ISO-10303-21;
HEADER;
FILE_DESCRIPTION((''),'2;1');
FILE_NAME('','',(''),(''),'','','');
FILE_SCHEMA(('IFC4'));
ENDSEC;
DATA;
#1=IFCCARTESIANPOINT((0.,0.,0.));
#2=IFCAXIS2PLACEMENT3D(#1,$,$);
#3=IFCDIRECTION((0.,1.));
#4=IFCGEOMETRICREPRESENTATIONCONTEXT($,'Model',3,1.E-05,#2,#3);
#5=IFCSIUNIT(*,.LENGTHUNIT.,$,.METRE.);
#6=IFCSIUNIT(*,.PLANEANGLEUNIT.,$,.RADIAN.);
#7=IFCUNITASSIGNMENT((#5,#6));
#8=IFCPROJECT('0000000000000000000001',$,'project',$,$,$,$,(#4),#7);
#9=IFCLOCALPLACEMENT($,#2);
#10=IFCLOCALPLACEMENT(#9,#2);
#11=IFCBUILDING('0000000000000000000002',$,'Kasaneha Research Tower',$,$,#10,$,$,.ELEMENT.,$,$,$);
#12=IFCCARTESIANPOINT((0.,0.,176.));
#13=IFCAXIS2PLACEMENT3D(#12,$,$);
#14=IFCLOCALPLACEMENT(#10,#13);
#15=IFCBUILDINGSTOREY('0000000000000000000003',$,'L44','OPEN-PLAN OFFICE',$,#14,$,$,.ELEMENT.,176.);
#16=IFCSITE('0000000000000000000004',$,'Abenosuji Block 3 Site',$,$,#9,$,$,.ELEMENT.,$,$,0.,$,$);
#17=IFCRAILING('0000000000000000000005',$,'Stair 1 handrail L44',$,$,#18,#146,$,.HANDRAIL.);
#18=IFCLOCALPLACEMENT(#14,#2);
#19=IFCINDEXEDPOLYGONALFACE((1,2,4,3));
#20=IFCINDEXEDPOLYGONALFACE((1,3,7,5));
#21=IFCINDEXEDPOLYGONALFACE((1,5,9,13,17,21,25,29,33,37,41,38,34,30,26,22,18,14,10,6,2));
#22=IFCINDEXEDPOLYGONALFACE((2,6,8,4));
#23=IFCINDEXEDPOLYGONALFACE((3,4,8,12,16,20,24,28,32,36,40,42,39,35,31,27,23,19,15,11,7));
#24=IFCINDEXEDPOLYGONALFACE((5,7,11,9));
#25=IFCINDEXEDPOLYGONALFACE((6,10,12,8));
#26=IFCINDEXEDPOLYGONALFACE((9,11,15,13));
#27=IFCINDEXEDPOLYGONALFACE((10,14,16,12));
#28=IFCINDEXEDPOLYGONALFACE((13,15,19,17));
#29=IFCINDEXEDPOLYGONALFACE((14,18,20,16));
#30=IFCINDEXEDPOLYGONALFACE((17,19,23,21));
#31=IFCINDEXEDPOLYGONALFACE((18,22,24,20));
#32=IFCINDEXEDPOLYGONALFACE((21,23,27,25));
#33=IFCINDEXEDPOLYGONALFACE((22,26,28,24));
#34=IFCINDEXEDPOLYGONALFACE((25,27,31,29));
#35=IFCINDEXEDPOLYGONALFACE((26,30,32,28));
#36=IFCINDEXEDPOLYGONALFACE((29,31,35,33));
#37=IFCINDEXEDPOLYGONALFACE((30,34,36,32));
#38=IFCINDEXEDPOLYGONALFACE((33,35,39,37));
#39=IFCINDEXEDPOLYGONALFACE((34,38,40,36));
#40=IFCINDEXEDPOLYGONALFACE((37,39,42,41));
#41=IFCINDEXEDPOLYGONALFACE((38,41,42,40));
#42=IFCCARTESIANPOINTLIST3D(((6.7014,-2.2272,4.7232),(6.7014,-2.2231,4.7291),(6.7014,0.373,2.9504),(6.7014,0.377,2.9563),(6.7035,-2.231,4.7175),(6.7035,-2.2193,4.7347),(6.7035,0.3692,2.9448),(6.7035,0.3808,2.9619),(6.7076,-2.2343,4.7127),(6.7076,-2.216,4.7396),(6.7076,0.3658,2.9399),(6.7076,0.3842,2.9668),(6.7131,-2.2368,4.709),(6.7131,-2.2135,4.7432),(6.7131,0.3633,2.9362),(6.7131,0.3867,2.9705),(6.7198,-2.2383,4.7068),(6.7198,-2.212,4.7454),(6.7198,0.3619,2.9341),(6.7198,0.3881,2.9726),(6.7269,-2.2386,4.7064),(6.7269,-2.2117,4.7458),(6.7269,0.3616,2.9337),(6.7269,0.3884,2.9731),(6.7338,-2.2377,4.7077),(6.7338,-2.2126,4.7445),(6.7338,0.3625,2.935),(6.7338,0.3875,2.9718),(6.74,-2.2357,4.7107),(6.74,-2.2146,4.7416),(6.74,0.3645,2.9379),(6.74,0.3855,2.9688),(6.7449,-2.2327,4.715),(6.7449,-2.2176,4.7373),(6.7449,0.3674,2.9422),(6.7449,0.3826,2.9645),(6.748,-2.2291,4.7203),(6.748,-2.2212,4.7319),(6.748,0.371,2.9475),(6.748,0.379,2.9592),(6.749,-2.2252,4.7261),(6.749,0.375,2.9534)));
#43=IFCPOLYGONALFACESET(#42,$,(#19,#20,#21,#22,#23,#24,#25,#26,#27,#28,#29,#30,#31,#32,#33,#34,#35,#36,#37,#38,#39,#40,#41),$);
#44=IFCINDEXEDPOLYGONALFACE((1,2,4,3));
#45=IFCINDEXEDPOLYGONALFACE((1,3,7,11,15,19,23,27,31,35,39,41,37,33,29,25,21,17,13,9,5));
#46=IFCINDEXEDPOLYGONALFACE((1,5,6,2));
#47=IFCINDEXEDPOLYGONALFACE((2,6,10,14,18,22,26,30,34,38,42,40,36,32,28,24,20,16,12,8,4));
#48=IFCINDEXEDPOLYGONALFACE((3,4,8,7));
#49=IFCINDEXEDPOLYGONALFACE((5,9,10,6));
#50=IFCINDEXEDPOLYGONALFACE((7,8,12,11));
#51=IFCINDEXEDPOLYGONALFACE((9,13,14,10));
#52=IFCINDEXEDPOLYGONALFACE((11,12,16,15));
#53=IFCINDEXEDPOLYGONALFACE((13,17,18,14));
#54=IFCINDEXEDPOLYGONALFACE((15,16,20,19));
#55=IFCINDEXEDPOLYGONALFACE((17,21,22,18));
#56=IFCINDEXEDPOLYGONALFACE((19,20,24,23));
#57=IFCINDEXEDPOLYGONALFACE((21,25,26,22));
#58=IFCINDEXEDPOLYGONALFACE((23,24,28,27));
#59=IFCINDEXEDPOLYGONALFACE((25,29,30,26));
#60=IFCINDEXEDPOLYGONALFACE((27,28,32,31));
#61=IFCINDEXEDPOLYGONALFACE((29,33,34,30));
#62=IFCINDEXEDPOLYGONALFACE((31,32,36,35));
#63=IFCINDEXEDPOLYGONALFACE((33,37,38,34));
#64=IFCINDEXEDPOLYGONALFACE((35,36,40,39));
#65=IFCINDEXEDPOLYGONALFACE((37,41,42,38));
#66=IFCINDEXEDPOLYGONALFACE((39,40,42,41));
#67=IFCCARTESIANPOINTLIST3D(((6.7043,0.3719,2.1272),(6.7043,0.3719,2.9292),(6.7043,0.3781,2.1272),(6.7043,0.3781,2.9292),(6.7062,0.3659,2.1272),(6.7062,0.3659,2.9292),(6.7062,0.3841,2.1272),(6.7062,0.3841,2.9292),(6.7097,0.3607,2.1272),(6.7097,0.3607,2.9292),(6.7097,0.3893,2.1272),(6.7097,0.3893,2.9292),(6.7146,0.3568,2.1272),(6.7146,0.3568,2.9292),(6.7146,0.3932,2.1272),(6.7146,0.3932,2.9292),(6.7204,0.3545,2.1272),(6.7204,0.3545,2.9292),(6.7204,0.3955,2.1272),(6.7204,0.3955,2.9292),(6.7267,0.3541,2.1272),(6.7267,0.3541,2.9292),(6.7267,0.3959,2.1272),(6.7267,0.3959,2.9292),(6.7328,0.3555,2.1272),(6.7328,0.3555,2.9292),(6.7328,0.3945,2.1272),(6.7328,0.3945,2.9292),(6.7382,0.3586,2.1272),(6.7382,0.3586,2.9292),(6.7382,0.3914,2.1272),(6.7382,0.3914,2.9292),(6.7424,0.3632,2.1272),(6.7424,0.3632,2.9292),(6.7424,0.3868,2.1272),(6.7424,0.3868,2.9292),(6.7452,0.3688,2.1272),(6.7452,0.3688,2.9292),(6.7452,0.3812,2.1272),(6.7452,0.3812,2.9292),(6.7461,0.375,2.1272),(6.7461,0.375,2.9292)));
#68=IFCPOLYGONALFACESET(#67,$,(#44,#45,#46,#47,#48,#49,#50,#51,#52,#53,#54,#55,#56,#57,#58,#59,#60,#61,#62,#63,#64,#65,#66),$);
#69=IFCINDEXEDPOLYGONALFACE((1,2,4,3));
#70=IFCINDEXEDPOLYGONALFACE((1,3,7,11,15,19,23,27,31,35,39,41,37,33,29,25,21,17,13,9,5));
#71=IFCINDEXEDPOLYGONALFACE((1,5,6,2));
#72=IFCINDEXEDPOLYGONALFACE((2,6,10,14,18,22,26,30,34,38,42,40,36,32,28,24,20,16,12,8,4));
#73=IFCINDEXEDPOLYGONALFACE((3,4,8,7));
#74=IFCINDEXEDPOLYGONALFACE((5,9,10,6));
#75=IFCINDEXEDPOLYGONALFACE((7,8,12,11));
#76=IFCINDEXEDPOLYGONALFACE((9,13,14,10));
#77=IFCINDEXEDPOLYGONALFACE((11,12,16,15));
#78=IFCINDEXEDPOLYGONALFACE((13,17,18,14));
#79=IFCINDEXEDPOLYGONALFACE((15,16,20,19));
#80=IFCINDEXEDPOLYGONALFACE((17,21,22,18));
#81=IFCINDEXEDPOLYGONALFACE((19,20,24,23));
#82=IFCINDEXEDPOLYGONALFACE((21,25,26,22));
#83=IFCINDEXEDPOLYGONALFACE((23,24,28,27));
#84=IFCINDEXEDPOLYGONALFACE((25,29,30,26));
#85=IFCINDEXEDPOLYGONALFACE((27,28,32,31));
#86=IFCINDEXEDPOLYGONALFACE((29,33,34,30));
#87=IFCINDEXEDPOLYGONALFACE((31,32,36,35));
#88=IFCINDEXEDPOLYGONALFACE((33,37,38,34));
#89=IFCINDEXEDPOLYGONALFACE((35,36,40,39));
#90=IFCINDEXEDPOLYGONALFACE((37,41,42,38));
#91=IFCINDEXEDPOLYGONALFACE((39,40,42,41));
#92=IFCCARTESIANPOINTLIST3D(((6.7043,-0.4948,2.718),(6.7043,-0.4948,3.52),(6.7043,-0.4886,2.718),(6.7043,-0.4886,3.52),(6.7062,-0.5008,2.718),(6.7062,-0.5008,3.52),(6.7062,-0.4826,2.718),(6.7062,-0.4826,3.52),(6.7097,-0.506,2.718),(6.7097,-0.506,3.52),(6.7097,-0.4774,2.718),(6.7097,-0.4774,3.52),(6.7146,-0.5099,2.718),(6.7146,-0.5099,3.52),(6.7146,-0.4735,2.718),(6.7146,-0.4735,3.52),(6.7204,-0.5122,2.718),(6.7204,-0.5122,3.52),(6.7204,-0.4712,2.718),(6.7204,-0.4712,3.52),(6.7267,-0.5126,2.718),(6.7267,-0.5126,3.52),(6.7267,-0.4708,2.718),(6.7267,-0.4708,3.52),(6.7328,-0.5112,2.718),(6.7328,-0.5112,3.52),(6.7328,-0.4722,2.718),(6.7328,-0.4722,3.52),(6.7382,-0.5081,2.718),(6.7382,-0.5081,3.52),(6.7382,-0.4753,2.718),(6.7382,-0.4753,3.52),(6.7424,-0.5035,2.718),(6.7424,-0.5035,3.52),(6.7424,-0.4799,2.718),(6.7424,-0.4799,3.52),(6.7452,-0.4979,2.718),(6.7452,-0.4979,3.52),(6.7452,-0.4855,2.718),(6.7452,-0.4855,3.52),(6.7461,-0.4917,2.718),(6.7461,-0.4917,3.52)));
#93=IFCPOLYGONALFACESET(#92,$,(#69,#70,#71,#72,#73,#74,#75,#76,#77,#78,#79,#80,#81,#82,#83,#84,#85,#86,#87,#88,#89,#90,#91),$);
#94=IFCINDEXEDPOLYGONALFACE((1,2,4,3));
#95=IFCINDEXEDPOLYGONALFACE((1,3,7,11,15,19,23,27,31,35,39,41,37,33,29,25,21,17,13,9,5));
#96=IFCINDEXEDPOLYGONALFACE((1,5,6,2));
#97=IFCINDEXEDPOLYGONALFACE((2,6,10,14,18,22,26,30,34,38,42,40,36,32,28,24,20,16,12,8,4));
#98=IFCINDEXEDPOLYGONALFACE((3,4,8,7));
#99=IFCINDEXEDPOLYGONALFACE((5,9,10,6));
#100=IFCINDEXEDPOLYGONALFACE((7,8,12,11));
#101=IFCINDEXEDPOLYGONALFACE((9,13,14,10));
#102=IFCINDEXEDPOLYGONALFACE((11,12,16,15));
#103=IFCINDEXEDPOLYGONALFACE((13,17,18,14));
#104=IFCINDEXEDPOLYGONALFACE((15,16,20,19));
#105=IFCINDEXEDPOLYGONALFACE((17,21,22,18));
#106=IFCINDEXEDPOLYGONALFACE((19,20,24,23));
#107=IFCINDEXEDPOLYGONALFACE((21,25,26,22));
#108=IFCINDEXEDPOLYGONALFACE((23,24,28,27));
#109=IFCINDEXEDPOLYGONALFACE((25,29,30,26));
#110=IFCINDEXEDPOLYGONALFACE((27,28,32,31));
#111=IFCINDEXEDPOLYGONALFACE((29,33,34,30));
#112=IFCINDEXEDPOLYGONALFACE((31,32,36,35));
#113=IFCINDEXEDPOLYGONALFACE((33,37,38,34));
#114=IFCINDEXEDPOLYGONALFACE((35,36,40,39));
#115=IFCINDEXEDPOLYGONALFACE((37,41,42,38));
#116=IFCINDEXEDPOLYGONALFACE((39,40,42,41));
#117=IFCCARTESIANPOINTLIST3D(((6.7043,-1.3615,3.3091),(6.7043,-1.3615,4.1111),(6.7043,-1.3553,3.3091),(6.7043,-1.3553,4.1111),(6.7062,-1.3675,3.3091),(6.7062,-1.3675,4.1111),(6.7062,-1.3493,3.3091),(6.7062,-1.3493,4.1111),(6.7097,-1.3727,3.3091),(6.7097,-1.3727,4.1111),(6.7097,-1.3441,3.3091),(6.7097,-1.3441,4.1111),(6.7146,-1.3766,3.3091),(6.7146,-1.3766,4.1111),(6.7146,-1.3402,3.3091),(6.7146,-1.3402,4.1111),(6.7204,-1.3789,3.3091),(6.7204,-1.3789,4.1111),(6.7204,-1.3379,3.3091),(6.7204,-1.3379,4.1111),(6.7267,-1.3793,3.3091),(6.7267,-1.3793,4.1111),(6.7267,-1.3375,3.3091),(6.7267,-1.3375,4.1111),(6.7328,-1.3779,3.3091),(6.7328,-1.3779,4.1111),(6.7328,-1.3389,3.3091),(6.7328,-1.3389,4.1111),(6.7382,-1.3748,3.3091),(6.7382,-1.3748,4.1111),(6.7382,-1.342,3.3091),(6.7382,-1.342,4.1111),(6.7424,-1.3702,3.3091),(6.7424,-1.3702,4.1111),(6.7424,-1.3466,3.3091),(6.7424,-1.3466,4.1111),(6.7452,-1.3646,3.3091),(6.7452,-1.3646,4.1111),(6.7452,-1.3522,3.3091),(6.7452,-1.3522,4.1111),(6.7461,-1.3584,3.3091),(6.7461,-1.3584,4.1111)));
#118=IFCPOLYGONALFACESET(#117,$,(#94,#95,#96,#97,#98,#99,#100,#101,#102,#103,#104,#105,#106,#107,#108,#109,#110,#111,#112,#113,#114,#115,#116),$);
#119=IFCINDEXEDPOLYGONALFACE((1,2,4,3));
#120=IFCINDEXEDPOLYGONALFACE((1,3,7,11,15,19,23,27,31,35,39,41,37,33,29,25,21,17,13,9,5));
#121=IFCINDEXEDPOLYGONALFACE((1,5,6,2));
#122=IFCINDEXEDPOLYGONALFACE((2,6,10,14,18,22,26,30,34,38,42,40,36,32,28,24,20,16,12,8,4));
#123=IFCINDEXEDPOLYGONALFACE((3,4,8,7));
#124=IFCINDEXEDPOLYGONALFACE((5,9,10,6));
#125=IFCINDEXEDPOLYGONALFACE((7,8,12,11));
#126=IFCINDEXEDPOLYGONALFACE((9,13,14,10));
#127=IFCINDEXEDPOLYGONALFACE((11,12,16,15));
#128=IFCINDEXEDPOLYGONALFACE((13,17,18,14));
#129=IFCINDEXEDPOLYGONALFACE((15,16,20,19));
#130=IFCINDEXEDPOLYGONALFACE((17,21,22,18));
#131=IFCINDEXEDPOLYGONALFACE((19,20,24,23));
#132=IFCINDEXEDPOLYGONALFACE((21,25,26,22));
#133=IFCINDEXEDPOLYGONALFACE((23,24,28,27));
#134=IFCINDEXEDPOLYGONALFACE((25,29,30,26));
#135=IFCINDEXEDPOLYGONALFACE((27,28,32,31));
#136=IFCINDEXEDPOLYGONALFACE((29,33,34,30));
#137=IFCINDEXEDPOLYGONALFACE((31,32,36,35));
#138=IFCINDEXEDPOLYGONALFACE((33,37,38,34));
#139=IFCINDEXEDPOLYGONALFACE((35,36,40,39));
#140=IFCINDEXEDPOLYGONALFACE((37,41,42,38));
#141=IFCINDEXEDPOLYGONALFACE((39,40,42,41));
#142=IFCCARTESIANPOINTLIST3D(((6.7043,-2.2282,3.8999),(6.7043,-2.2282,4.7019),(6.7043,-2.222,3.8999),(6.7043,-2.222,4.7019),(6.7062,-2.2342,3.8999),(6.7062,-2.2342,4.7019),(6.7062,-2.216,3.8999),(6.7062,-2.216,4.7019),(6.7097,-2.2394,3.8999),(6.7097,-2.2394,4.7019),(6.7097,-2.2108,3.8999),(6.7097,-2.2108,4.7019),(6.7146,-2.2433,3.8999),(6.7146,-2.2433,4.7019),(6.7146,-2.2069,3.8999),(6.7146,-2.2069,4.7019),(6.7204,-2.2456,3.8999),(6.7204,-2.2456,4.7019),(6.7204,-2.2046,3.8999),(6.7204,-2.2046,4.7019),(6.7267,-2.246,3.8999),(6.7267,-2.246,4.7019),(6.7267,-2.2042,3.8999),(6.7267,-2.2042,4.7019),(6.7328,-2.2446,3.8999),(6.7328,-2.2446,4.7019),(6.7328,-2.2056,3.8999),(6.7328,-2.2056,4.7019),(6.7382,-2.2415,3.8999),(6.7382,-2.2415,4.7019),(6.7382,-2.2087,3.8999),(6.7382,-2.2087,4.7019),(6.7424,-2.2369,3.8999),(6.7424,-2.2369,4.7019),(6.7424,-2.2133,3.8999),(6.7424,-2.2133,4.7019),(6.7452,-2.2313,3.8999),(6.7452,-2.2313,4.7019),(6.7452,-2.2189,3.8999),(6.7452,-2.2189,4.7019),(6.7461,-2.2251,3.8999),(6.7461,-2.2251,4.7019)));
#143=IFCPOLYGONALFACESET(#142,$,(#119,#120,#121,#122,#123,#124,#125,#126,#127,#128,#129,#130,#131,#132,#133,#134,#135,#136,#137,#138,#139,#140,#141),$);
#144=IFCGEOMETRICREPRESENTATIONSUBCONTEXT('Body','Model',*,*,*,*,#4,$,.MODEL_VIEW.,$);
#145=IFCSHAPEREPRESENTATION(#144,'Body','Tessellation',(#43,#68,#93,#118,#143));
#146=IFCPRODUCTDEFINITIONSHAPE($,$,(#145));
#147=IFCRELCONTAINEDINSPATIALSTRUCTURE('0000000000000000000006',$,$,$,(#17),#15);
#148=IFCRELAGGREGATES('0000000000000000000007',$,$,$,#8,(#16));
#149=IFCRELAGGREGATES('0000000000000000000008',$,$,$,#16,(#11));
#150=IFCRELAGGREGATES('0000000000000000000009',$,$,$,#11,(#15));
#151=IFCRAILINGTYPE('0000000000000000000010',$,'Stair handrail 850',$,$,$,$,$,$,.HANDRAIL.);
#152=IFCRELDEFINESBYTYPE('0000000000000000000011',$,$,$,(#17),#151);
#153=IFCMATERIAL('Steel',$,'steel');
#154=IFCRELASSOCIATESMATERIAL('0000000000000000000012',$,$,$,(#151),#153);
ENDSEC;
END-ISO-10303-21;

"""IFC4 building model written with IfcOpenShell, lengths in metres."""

from ifc_helpers import new_model, si_unit, direction, frame, origin, origin_2d, place, context, subcontext, project, spatial, circle, extrude, material, type_object, element, save


model = new_model("IFC4")

# Units and contexts
model_context = context("Model", 3, precision=1e-05, world=origin(), true_north=direction((0.0, 1.0)))
body_context = subcontext(model_context, "Body", "Model", "MODEL_VIEW")
ifc_project = project(units=[si_unit("LENGTHUNIT", "METRE"), si_unit("PLANEANGLEUNIT", "RADIAN")], contexts=[model_context])

# Site, building, storey
site_placement = place(None, origin())
site = spatial("IfcSite", under=ifc_project, at=site_placement, Name="Abenosuji Block 3 Site", CompositionType="ELEMENT", RefElevation=0.0)
building_placement = place(site_placement, origin())
building = spatial("IfcBuilding", under=site, at=building_placement, Name="Kasaneha Research Tower", CompositionType="ELEMENT")
storey_placement = place(building_placement, frame((0.0, 0.0, 176.0)))
storey = spatial("IfcBuildingStorey", under=building, at=storey_placement, Name="L44", Description="OPEN-PLAN OFFICE", CompositionType="ELEMENT", Elevation=176.0)

# Railing
ifc_material_1 = material(Name="Steel", Category="steel")
railing_type_1 = type_object("IfcRailingType", Name="Stair handrail 850", PredefinedType="HANDRAIL", material=ifc_material_1)
railing_1_placement = place(storey_placement, frame((6.7251, 0.375, 2.1272)))
element("IfcRailing", 1, at=railing_1_placement, inside=storey, type_object=railing_type_1, Name="Stair 1 handrail L44", PredefinedType="HANDRAIL", context=body_context, shape_type="SweptSolid", body=[
    extrude(circle(Radius=0.0239, at=origin_2d()), frame((0.0, 0.0, 0.8262), z_axis=(0.0, -0.82624, 0.563318), x_axis=(1.0, 0.0, 0.0)), (0.0, 0.0, 1.0), 3.147),
    extrude(circle(Radius=0.021, at=origin_2d()), origin(), (0.0, 0.0, 1.0), 0.802),
    extrude(circle(Radius=0.021, at=origin_2d()), frame((0.0, -0.8667, 0.5908)), (0.0, 0.0, 1.0), 0.802),
    extrude(circle(Radius=0.021, at=origin_2d()), frame((0.0, -1.7334, 1.1819)), (0.0, 0.0, 1.0), 0.802),
    extrude(circle(Radius=0.021, at=origin_2d()), frame((0.0, -2.6001, 1.7727)), (0.0, 0.0, 1.0), 0.802),
])

save(model, "model.ifc")
